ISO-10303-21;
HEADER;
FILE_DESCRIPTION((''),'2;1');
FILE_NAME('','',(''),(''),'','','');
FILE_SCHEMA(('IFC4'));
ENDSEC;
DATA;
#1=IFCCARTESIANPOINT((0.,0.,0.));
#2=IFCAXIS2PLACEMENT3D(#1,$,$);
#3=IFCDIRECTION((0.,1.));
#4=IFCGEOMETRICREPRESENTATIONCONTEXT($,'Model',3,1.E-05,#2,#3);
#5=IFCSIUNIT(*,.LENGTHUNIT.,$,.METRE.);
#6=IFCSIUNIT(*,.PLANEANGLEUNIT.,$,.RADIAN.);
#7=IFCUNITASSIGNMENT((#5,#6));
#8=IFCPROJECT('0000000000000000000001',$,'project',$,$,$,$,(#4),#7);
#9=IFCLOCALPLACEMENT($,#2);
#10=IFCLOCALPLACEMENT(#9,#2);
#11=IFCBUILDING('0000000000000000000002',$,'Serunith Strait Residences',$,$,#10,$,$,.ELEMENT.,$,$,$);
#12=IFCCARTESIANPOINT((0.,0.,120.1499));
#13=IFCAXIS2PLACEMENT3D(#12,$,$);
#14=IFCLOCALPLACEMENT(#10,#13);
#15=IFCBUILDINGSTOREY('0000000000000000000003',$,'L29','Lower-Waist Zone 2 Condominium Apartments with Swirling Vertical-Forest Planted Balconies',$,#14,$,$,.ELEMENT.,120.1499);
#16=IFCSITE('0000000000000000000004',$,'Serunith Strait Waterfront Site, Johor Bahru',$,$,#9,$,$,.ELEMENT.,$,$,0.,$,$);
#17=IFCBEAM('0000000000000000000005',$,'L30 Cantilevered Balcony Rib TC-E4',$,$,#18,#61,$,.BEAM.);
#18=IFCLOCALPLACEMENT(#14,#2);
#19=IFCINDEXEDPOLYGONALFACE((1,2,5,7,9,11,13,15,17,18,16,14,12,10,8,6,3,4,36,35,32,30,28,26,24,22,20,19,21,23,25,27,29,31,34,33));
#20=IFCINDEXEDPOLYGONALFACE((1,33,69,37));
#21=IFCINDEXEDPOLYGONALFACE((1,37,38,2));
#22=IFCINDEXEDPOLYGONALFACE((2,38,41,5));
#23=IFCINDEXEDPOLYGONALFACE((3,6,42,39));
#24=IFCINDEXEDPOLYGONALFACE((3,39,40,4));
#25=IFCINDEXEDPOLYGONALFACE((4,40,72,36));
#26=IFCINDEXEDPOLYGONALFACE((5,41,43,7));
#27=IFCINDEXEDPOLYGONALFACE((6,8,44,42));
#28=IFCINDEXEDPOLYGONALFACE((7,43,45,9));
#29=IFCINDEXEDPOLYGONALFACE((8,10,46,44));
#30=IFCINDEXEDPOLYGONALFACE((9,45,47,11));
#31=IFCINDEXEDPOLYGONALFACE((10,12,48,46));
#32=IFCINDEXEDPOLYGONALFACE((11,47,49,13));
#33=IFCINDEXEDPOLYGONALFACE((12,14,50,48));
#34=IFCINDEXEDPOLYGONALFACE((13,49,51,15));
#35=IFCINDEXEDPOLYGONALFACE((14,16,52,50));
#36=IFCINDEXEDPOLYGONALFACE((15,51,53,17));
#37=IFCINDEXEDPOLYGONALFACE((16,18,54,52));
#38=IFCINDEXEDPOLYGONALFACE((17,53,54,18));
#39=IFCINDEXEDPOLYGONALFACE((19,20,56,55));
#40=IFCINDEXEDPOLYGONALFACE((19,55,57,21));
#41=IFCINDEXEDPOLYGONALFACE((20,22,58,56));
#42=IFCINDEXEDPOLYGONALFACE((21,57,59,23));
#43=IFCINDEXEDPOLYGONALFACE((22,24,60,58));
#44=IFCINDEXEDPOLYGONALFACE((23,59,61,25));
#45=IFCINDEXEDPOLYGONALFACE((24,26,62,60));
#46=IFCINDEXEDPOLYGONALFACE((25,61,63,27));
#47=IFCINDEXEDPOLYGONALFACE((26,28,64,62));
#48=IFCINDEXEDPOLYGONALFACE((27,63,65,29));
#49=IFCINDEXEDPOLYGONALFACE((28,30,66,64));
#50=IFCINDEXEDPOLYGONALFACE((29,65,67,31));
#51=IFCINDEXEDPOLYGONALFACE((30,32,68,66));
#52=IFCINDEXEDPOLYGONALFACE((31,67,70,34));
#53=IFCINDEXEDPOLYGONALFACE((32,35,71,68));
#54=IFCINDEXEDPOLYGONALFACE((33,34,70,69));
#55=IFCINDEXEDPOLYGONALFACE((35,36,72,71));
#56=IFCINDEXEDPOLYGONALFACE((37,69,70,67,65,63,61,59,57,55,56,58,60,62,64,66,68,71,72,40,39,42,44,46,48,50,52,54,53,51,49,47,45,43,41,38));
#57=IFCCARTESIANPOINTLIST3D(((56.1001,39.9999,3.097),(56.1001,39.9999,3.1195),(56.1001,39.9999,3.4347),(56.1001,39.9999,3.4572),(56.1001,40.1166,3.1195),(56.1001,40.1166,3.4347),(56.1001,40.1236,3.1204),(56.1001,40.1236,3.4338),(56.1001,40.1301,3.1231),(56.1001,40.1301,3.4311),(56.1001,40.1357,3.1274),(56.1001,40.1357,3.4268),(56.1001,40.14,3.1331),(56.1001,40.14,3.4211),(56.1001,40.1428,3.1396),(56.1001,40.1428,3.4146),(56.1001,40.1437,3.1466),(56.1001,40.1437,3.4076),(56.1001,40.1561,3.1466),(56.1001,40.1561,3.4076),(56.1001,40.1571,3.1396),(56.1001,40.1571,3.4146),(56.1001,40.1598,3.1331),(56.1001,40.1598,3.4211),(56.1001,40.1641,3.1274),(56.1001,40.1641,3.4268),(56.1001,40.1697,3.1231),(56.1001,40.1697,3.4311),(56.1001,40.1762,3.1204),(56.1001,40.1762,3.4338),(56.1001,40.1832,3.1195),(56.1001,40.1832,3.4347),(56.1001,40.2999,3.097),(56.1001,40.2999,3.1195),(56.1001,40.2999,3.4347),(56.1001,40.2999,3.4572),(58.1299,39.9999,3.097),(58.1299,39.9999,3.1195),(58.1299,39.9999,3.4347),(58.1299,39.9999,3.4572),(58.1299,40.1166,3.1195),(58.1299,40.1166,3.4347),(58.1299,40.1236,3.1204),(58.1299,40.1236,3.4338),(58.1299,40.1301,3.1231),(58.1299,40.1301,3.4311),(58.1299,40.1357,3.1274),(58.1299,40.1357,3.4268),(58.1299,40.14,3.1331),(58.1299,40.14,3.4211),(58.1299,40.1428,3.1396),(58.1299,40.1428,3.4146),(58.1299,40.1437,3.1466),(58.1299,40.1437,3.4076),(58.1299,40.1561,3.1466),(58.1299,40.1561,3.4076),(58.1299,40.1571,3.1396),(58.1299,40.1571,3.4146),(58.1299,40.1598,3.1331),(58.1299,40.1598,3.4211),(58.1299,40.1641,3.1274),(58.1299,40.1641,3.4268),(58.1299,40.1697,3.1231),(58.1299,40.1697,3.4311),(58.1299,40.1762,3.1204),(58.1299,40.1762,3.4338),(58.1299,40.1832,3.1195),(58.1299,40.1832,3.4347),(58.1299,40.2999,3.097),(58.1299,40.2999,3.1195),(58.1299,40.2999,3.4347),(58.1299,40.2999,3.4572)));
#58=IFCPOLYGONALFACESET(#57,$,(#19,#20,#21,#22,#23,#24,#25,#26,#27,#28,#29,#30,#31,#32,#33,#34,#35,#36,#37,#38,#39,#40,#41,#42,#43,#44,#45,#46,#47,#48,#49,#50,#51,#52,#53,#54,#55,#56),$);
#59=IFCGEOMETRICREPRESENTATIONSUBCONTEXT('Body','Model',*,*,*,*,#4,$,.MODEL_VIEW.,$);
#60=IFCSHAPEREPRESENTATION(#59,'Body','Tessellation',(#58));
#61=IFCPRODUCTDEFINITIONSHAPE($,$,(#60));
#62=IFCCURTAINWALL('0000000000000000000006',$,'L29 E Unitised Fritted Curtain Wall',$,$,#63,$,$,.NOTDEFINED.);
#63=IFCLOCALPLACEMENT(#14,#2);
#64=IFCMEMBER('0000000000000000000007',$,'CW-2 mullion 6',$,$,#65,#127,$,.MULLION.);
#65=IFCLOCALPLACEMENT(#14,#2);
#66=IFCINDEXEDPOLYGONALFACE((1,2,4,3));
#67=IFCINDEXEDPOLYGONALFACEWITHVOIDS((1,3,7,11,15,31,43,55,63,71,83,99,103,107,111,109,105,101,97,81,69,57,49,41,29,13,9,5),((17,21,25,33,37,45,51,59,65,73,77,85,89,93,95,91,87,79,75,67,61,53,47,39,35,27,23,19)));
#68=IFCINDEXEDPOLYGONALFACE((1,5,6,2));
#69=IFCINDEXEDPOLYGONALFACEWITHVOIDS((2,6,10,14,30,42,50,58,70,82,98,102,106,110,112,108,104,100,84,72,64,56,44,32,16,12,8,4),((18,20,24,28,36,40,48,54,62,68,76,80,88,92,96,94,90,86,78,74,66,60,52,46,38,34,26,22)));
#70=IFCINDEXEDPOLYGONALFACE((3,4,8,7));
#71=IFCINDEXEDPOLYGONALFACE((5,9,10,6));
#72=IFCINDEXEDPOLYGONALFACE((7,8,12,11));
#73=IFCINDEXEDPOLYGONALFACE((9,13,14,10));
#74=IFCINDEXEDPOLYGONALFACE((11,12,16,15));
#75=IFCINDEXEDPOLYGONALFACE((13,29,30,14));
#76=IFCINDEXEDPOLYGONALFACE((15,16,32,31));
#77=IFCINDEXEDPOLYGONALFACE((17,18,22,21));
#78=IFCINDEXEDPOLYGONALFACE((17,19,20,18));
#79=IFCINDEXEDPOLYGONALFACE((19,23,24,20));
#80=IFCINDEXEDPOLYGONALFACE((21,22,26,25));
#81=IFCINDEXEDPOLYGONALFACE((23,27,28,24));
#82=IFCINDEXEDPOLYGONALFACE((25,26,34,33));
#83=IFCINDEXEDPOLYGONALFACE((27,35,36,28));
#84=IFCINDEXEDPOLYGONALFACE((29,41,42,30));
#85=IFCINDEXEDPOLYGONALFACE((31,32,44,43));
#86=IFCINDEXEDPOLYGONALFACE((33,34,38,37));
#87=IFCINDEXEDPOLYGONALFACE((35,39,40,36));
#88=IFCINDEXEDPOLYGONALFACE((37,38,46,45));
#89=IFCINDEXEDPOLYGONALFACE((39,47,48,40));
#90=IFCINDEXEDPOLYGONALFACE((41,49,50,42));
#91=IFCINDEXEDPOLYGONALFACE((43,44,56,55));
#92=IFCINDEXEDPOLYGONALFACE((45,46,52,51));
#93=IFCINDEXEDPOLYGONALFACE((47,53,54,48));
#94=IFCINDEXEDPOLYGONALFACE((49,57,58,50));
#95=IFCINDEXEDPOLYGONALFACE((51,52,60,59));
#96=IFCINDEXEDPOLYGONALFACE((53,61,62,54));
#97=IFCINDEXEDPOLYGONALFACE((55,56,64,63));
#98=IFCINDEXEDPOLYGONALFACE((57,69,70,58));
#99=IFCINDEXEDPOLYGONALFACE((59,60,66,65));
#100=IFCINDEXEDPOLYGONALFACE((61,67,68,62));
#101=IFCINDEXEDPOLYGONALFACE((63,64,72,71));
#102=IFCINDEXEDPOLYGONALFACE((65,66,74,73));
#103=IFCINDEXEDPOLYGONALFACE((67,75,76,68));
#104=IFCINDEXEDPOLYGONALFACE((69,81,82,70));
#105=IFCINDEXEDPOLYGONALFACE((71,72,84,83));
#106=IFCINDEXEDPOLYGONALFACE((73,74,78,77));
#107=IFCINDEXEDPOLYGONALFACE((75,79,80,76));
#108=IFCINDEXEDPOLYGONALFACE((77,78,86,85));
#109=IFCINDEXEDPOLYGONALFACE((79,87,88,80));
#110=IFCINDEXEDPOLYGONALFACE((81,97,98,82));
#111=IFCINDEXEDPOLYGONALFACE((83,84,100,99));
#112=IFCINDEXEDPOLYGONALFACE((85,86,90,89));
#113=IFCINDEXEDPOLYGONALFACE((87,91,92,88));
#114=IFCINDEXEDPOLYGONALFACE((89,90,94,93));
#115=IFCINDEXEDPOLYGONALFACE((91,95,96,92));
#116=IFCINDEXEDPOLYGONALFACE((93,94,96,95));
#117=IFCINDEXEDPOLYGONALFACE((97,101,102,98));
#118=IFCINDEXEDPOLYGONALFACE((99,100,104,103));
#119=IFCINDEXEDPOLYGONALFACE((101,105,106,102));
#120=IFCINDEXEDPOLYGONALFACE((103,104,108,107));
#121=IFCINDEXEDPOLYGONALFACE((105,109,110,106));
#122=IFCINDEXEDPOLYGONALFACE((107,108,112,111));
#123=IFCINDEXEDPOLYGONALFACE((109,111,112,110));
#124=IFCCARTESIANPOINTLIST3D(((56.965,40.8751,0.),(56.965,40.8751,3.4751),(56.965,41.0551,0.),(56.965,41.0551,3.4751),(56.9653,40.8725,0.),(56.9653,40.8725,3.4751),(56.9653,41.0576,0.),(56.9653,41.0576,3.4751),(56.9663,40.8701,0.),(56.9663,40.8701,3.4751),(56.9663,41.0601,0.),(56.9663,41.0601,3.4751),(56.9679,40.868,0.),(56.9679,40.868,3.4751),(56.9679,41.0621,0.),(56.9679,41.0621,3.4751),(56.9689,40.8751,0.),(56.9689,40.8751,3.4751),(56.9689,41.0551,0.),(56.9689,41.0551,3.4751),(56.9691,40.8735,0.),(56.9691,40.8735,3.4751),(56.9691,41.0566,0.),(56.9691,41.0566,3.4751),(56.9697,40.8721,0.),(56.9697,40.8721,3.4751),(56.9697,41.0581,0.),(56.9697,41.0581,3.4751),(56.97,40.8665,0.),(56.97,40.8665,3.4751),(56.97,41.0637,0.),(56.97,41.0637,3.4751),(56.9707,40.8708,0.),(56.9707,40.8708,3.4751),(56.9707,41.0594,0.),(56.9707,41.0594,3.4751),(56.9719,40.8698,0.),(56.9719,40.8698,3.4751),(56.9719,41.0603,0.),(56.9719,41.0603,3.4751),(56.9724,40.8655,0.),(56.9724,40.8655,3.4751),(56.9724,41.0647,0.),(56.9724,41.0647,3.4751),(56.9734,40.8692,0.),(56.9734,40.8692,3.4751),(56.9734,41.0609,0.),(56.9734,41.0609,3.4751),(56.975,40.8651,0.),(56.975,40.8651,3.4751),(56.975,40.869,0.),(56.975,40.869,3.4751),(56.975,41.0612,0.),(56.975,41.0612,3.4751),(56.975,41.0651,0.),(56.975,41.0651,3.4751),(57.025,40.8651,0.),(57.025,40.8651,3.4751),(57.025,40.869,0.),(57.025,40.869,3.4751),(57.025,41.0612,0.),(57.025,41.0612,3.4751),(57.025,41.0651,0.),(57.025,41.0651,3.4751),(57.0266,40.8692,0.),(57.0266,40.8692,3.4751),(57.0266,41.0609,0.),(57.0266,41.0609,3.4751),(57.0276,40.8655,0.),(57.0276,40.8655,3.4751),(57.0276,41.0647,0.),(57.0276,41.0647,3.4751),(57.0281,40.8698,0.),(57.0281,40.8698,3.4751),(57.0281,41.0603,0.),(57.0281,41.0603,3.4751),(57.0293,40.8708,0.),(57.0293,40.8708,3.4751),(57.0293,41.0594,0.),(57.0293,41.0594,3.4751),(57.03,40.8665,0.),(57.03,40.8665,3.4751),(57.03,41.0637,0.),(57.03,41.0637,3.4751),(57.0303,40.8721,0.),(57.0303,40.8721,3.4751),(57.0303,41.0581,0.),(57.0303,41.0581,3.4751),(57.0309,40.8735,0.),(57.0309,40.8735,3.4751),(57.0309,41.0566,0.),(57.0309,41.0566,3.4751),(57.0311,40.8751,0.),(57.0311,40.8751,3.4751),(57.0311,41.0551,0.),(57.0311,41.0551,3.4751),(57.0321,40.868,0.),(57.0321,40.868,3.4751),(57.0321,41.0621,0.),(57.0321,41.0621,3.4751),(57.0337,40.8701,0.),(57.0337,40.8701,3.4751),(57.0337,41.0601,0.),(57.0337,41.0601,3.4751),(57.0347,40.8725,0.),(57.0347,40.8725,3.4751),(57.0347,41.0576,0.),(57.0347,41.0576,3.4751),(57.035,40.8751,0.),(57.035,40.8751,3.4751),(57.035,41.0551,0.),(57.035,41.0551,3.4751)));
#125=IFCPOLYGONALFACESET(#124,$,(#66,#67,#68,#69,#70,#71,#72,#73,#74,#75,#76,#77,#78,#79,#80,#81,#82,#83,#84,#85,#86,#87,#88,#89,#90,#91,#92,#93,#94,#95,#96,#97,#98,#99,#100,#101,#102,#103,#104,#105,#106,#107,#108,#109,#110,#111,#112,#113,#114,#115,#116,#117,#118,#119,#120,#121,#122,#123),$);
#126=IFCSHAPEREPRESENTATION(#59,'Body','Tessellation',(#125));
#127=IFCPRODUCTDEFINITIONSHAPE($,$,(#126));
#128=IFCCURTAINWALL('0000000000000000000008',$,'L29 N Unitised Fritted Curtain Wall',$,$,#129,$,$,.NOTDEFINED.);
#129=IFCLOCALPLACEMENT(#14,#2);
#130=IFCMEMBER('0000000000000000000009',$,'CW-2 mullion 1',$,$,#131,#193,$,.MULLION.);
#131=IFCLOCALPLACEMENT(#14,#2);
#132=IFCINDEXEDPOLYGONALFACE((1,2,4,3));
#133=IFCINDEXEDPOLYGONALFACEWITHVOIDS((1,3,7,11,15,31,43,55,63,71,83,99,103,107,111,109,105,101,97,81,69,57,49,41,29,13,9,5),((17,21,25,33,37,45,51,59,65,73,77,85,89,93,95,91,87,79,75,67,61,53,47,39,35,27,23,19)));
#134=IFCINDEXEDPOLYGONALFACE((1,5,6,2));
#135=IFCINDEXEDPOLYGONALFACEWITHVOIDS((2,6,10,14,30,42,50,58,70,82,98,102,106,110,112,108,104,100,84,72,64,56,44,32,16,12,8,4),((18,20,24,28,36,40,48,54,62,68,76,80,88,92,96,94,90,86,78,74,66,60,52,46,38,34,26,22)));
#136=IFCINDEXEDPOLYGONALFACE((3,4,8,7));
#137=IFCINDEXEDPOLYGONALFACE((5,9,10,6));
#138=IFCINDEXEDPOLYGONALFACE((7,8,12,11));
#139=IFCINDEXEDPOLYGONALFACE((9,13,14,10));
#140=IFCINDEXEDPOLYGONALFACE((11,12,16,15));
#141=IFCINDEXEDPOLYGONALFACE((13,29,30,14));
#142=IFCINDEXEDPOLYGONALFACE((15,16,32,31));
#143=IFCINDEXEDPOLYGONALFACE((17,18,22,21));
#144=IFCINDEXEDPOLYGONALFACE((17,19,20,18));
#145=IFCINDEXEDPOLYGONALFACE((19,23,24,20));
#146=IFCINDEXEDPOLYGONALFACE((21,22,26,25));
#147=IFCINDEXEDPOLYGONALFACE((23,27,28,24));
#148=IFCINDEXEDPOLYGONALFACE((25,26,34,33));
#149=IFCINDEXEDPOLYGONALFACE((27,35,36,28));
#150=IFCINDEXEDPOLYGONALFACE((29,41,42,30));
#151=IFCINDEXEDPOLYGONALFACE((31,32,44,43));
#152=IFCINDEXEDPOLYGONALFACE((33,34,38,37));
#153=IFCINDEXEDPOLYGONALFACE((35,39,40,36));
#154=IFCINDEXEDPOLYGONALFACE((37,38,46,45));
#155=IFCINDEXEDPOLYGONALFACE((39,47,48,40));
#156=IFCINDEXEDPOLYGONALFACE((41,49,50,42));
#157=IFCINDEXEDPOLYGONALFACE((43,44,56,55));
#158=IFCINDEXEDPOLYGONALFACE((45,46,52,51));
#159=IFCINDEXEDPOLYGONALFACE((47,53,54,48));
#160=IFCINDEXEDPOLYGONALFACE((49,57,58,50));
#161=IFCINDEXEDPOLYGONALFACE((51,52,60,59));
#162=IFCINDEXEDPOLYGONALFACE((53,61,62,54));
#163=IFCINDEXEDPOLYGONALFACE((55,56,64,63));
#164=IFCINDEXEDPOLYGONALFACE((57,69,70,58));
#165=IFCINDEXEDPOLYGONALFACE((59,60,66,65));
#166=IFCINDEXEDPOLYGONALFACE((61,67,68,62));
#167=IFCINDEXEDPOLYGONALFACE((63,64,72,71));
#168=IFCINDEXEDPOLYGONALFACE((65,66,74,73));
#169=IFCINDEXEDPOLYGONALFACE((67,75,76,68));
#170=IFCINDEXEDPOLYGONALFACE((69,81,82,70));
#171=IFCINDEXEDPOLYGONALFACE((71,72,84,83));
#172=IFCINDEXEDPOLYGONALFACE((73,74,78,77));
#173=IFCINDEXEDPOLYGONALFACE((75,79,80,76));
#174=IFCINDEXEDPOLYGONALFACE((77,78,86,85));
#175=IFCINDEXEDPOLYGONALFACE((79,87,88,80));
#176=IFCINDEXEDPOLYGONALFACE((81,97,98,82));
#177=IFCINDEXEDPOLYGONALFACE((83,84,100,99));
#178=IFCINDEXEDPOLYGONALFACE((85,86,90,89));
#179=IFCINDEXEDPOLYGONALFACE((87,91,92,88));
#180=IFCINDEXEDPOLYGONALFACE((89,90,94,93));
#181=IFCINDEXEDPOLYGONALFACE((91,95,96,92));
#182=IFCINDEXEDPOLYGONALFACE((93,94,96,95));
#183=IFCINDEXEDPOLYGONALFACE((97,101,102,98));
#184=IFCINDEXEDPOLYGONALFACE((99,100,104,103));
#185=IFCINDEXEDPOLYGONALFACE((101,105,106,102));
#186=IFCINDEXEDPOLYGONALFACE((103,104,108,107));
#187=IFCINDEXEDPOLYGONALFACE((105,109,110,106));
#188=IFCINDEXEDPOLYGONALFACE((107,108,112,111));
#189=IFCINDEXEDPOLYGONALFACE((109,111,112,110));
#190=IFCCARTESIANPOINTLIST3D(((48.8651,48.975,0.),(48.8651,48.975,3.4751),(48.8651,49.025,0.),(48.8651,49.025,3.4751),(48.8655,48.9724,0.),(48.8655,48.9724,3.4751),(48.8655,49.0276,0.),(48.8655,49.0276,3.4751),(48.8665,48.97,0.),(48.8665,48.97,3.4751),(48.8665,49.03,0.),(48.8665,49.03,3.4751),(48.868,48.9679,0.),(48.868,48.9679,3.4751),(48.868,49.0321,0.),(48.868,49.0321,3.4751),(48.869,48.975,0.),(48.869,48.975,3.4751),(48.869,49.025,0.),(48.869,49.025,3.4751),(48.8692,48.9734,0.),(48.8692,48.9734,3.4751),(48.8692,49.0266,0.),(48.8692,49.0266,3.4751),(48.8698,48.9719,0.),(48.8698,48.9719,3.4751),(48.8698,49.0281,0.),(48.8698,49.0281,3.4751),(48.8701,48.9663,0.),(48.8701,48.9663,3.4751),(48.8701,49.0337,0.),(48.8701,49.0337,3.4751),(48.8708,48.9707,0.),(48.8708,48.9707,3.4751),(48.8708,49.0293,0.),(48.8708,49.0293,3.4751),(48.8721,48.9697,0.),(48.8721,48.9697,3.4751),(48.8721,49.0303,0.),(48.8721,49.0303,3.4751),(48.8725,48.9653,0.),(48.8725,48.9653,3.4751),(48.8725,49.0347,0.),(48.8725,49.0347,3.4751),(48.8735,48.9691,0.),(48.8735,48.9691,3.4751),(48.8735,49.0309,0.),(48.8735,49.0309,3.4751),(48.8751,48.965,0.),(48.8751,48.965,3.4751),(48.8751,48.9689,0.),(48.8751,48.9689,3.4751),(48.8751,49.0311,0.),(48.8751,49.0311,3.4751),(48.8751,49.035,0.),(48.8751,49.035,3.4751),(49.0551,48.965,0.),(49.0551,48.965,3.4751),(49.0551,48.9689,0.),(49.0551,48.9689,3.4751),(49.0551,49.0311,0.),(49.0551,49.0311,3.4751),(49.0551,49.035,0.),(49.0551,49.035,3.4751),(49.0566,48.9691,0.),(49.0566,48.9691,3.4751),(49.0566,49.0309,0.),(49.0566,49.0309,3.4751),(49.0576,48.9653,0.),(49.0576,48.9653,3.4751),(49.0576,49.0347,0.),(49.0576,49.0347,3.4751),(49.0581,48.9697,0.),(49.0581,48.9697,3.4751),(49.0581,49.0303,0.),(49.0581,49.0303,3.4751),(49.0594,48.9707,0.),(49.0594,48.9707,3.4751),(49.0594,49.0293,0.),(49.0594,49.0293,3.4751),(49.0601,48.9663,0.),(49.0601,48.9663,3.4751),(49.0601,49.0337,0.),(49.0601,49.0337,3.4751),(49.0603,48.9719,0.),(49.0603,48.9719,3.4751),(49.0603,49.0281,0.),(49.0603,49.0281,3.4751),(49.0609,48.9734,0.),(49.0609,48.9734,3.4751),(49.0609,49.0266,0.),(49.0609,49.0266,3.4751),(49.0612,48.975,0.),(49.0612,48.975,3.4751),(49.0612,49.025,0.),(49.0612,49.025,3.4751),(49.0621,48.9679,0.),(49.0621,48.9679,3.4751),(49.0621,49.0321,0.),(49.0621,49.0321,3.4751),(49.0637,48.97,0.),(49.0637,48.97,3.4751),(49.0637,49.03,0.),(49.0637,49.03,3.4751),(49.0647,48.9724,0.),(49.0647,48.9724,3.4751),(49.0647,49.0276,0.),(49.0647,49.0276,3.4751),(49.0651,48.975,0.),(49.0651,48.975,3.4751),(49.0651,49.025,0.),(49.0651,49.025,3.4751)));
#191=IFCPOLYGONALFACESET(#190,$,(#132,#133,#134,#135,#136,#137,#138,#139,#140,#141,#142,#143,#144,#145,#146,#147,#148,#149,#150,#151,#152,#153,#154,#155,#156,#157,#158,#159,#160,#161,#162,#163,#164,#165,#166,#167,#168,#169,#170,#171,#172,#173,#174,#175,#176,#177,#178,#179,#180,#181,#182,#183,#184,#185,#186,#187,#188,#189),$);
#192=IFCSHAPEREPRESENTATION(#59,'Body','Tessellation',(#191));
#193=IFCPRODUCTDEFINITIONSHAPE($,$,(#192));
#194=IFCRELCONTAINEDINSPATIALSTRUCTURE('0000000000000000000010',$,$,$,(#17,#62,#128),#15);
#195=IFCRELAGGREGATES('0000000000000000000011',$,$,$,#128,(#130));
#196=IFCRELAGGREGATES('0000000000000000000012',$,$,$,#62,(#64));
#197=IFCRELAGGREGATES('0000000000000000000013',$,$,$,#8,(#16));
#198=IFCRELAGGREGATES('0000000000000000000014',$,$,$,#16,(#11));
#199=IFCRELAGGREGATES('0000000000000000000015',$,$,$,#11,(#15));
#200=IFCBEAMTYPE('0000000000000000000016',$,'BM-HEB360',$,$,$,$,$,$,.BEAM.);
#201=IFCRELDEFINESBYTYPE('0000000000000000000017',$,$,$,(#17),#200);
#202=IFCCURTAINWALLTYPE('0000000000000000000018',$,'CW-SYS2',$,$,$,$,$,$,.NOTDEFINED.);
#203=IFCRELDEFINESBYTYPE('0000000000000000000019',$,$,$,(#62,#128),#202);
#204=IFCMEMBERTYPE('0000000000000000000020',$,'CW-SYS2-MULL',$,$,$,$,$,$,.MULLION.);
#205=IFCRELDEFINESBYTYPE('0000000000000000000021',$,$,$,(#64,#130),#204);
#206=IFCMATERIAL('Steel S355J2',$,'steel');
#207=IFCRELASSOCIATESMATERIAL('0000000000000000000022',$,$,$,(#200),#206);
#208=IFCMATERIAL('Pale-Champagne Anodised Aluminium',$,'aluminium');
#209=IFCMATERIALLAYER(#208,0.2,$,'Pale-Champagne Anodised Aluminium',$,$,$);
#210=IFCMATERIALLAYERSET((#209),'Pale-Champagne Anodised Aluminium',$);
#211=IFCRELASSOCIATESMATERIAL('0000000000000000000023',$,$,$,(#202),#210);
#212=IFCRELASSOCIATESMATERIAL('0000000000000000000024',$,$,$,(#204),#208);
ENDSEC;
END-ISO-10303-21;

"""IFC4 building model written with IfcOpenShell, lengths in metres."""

from ifc_helpers import new_model, si_unit, direction, frame, origin, origin_2d, place, context, subcontext, project, spatial, hollow_rectangle, i_section, extrude, source, transform, mapped, material, layer, layer_set, material_profile, profile_set, type_object, element, aggregate, save


model = new_model("IFC4")

# Units and contexts
model_context = context("Model", 3, precision=1e-05, world=origin(), true_north=direction((0.0, 1.0)))
body_context = subcontext(model_context, "Body", "Model", "MODEL_VIEW")
ifc_project = project(units=[si_unit("LENGTHUNIT", "METRE"), si_unit("PLANEANGLEUNIT", "RADIAN")], contexts=[model_context])

# Site, building, storey
site_placement = place(None, origin())
site = spatial("IfcSite", under=ifc_project, at=site_placement, Name="Serunith Strait Waterfront Site, Johor Bahru", CompositionType="ELEMENT", RefElevation=0.0)
building_placement = place(site_placement, origin())
building = spatial("IfcBuilding", under=site, at=building_placement, Name="Serunith Strait Residences", CompositionType="ELEMENT")
storey_placement = place(building_placement, frame((0.0, 0.0, 120.1499)))
storey = spatial("IfcBuildingStorey", under=building, at=storey_placement, Name="L29", Description="Lower-Waist Zone 2 Condominium Apartments with Swirling Vertical-Forest Planted Balconies", CompositionType="ELEMENT", Elevation=120.1499)

# Beam
ifc_material_1 = material(Name="Steel S355J2", Category="steel")
ifc_material_profile_1 = material_profile(ifc_material_1, i_section(OverallWidth=0.3, OverallDepth=0.3601, WebThickness=0.0125, FlangeThickness=0.0225, FilletRadius=0.0271, at=origin_2d()), Name="HEB 360")
ifc_profile_set_1 = profile_set([ifc_material_profile_1], Name="Steel S355J2")
beam_type_1 = type_object("IfcBeamType", Name="BM-HEB360", PredefinedType="BEAM", material=ifc_profile_set_1)
shared_shape_1 = source(origin(), body_context, "Body", "SweptSolid", [
    extrude(i_section(OverallWidth=0.3, OverallDepth=0.3601, WebThickness=0.0125, FlangeThickness=0.0225, FilletRadius=0.0271, at=origin_2d()), origin(), (0.0, 0.0, 1.0), 2.0298),
])
beam_1_placement = place(storey_placement, frame((56.1001, 40.1499, 3.2771), z_axis=(1.0, 0.0, 0.0), x_axis=(0.0, 1.0, 0.0)))
element("IfcBeam", 1, at=beam_1_placement, inside=storey, type_object=beam_type_1, Name="L30 Cantilevered Balcony Rib TC-E4", PredefinedType="BEAM", context=body_context, shape_type="MappedRepresentation", body=[
    mapped(shared_shape_1, transform((0.0, 0.0, 0.0), scale=1.0)),
])

# Curtain wall, member
ifc_material_2 = material(Name="Pale-Champagne Anodised Aluminium", Category="aluminium")
ifc_layer_1 = layer(ifc_material_2, 0.2, Name="Pale-Champagne Anodised Aluminium")
ifc_layer_set_1 = layer_set([ifc_layer_1], Name="Pale-Champagne Anodised Aluminium")
curtain_wall_type = type_object("IfcCurtainWallType", Name="CW-SYS2", PredefinedType="NOTDEFINED", material=ifc_layer_set_1)
curtain_wall_1_placement = place(storey_placement, origin())
curtain_wall_1 = element("IfcCurtainWall", 2, at=curtain_wall_1_placement, inside=storey, type_object=curtain_wall_type, Name="L29 E Unitised Fritted Curtain Wall", PredefinedType="NOTDEFINED")
ifc_material_profile_2 = material_profile(ifc_material_2, hollow_rectangle(XDim=0.0701, YDim=0.2, WallThickness=0.0039, InnerFilletRadius=0.0061, OuterFilletRadius=0.01, at=origin_2d()), Name="ALU 200x70x4")
ifc_profile_set_2 = profile_set([ifc_material_profile_2], Name="Pale-Champagne Anodised Aluminium")
member_type_1 = type_object("IfcMemberType", Name="CW-SYS2-MULL", PredefinedType="MULLION", material=ifc_profile_set_2)
shared_shape_2 = source(origin(), body_context, "Body", "SweptSolid", [
    extrude(hollow_rectangle(XDim=0.0701, YDim=0.2, WallThickness=0.0039, InnerFilletRadius=0.0061, OuterFilletRadius=0.01, at=origin_2d()), origin(), (0.0, 0.0, 1.0), 3.4751),
])
member_1_placement = place(storey_placement, frame((57.0, 40.9651, 0.0), z_axis=(0.0, 0.0, 1.0), x_axis=(-1.0, 0.0, 0.0)))
member_1 = element("IfcMember", 3, at=member_1_placement, type_object=member_type_1, Name="CW-2 mullion 6", PredefinedType="MULLION", context=body_context, shape_type="MappedRepresentation", body=[
    mapped(shared_shape_2, transform((0.0, 0.0, 0.0), scale=1.0)),
])

# Curtain wall, member
curtain_wall_2_placement = place(storey_placement, origin())
curtain_wall_2 = element("IfcCurtainWall", 4, at=curtain_wall_2_placement, inside=storey, type_object=curtain_wall_type, Name="L29 N Unitised Fritted Curtain Wall", PredefinedType="NOTDEFINED")
member_2_placement = place(storey_placement, frame((48.9651, 49.0, 0.0), z_axis=(0.0, 0.0, 1.0), x_axis=(0.0, -1.0, 0.0)))
member_2 = element("IfcMember", 5, at=member_2_placement, type_object=member_type_1, Name="CW-2 mullion 1", PredefinedType="MULLION", context=body_context, shape_type="MappedRepresentation", body=[
    mapped(shared_shape_2, transform((0.0, 0.0, 0.0), scale=1.0)),
])
aggregate(curtain_wall_2, [member_2])

aggregate(curtain_wall_1, [member_1])

save(model, "model.ifc")
